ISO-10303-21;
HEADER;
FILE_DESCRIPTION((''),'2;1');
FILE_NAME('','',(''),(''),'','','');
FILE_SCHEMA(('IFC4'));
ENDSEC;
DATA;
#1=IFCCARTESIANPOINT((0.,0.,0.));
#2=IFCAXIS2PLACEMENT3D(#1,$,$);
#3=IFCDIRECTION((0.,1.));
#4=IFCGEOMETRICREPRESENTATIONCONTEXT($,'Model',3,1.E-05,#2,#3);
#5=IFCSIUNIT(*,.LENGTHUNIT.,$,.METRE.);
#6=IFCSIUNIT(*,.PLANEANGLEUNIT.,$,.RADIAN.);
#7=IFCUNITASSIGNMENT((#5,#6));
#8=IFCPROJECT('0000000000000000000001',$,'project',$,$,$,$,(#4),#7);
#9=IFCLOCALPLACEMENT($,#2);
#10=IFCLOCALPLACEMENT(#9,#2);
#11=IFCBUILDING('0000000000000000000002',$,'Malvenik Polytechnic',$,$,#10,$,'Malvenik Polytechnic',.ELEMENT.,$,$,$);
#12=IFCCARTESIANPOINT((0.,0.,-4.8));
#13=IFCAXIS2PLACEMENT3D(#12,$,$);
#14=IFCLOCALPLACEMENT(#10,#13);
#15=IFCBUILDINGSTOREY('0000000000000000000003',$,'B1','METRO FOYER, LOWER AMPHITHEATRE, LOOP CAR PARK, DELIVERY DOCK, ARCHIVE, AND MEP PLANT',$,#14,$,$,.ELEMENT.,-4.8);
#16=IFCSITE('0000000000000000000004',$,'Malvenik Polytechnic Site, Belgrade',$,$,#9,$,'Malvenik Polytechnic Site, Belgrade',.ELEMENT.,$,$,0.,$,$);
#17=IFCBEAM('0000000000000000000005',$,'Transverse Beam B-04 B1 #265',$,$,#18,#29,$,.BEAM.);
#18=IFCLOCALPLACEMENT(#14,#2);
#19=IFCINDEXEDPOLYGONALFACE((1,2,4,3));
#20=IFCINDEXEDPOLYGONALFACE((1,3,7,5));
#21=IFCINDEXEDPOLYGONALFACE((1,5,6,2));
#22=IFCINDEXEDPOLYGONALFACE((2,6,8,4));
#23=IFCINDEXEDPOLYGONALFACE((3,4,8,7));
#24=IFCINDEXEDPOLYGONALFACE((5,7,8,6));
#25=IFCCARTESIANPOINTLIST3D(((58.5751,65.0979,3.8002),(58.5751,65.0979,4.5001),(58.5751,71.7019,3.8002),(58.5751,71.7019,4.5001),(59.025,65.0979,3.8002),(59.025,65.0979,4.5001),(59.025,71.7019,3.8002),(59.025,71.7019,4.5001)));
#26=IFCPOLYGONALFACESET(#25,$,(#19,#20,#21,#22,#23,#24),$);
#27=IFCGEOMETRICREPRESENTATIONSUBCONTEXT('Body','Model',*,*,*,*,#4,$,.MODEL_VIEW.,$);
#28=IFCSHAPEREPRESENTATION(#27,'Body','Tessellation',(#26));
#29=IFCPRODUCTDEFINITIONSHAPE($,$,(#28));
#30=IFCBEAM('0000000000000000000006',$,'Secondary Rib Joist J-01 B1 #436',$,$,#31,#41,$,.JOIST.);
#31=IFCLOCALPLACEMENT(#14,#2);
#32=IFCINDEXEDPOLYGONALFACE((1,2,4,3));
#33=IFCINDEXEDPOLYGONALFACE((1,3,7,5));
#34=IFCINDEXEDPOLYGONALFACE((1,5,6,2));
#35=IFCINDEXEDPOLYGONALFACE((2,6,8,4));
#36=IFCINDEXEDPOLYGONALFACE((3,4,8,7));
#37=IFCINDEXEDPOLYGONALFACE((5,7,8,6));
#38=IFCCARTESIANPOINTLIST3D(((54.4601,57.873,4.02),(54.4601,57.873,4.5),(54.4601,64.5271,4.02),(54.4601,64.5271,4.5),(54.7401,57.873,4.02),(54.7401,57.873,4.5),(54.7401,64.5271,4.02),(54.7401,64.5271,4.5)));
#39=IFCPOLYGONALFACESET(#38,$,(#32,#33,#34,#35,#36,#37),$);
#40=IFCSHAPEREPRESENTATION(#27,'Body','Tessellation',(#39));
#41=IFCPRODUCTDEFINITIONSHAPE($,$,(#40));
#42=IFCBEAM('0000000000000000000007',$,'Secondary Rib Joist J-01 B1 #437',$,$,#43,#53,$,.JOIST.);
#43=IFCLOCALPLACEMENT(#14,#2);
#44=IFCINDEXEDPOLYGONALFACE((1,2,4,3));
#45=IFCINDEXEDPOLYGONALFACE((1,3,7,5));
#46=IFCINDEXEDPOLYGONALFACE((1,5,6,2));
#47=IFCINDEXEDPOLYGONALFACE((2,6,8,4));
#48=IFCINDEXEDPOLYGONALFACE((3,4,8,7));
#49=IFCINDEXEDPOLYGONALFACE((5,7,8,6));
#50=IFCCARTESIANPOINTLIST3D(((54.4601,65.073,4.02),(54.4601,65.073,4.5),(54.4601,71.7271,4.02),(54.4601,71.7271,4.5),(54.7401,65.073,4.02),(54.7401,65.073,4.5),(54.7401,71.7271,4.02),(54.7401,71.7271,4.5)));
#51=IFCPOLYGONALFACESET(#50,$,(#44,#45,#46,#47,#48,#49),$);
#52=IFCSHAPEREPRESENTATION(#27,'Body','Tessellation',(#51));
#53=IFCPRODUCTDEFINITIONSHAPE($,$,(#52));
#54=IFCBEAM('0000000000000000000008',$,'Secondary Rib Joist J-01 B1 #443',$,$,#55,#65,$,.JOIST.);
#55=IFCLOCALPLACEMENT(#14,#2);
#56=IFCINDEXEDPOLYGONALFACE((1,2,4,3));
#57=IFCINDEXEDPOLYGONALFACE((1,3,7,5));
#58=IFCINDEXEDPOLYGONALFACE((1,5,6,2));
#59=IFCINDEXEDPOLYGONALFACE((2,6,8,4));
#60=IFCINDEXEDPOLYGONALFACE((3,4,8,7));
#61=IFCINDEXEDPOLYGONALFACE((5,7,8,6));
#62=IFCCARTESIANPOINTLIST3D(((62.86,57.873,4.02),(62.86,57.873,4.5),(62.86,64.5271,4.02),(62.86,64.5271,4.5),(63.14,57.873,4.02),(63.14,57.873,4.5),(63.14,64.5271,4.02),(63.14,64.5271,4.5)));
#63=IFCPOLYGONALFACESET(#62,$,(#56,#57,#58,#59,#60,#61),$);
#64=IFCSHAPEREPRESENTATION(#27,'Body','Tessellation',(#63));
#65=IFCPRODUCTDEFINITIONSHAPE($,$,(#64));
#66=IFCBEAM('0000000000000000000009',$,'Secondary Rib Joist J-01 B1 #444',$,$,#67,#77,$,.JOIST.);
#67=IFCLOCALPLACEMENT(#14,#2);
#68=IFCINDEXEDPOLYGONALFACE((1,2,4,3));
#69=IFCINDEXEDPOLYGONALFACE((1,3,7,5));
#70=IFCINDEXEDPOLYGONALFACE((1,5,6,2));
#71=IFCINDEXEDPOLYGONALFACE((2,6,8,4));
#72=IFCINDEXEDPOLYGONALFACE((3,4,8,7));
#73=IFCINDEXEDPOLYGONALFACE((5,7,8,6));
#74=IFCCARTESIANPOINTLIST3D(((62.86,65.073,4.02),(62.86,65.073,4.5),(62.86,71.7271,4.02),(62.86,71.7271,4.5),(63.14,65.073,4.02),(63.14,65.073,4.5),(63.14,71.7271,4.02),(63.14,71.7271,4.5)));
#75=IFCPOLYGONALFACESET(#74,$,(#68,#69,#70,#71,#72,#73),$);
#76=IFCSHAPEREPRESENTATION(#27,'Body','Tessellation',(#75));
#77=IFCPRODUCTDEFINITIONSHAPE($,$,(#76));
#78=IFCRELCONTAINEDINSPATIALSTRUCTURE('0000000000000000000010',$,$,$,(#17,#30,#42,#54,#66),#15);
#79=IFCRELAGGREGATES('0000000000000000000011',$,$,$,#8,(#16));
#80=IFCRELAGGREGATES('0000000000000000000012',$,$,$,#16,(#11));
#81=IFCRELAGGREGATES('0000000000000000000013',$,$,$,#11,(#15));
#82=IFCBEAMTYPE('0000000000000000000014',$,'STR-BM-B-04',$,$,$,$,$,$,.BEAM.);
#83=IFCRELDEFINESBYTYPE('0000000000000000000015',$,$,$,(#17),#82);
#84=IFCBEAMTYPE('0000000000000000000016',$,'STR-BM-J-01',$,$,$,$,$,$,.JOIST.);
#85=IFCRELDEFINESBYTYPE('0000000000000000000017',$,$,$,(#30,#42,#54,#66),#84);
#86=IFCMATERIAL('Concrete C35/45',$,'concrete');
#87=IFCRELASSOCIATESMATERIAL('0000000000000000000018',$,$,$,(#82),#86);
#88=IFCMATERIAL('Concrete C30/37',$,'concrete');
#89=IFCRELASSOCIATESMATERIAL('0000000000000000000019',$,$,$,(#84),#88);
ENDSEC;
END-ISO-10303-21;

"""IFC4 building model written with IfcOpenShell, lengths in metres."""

from ifc_helpers import new_model, si_unit, direction, frame, origin, origin_2d, place, context, subcontext, project, spatial, rectangle, extrude, material, material_profile, profile_set, type_object, element, save


model = new_model("IFC4")

# Units and contexts
model_context = context("Model", 3, precision=1e-05, world=origin(), true_north=direction((0.0, 1.0)))
body_context = subcontext(model_context, "Body", "Model", "MODEL_VIEW")
ifc_project = project(units=[si_unit("LENGTHUNIT", "METRE"), si_unit("PLANEANGLEUNIT", "RADIAN")], contexts=[model_context])

# Site, building, storey
site_placement = place(None, origin())
site = spatial("IfcSite", under=ifc_project, at=site_placement, Name="Malvenik Polytechnic Site, Belgrade", LongName="Malvenik Polytechnic Site, Belgrade", CompositionType="ELEMENT", RefElevation=0.0)
building_placement = place(site_placement, origin())
building = spatial("IfcBuilding", under=site, at=building_placement, Name="Malvenik Polytechnic", LongName="Malvenik Polytechnic", CompositionType="ELEMENT")
storey_placement = place(building_placement, frame((0.0, 0.0, -4.8)))
storey = spatial("IfcBuildingStorey", under=building, at=storey_placement, Name="B1", Description="METRO FOYER, LOWER AMPHITHEATRE, LOOP CAR PARK, DELIVERY DOCK, ARCHIVE, AND MEP PLANT", CompositionType="ELEMENT", Elevation=-4.8)

# Shared definitions
ifc_material_1 = material(Name="Concrete C35/45", Category="concrete")

# Beams
ifc_material_profile_1 = material_profile(ifc_material_1, rectangle(XDim=0.45, YDim=0.7, at=origin_2d()), Name="RC BM 450x700")
ifc_profile_set_1 = profile_set([ifc_material_profile_1], Name="Concrete C35/45")
beam_type_1 = type_object("IfcBeamType", Name="STR-BM-B-04", PredefinedType="BEAM", material=ifc_profile_set_1)
for number, where, z_axis, x_axis, name in (
    (1, (58.8, 65.0979, 4.1501), (0.0, 1.0, 0.0), (-1.0, 0.0, 0.0), "Transverse Beam B-04 B1 #265"),
):
    element("IfcBeam", number, at=place(storey_placement, frame(where, z_axis=z_axis, x_axis=x_axis)), inside=storey, type_object=beam_type_1, Name=name, PredefinedType="BEAM", context=body_context, shape_type="SweptSolid", body=[
        extrude(rectangle(XDim=0.45, YDim=0.7, at=origin_2d()), origin(), (0.0, 0.0, 1.0), 6.604),
    ])
ifc_material_2 = material(Name="Concrete C30/37", Category="concrete")
ifc_material_profile_2 = material_profile(ifc_material_2, rectangle(XDim=0.28, YDim=0.48, at=origin_2d()), Name="RC JST 280x480")
ifc_profile_set_2 = profile_set([ifc_material_profile_2], Name="Concrete C30/37")
beam_type_2 = type_object("IfcBeamType", Name="STR-BM-J-01", PredefinedType="JOIST", material=ifc_profile_set_2)
for number, where, z_axis, x_axis, name in (
    (2, (54.6001, 57.873, 4.26), (0.0, 1.0, 0.0), (-1.0, 0.0, 0.0), "Secondary Rib Joist J-01 B1 #436"),
    (3, (54.6001, 65.073, 4.26), (0.0, 1.0, 0.0), (-1.0, 0.0, 0.0), "Secondary Rib Joist J-01 B1 #437"),
    (4, (63.0, 57.873, 4.26), (0.0, 1.0, 0.0), (-1.0, 0.0, 0.0), "Secondary Rib Joist J-01 B1 #443"),
    (5, (63.0, 65.073, 4.26), (0.0, 1.0, 0.0), (-1.0, 0.0, 0.0), "Secondary Rib Joist J-01 B1 #444"),
):
    element("IfcBeam", number, at=place(storey_placement, frame(where, z_axis=z_axis, x_axis=x_axis)), inside=storey, type_object=beam_type_2, Name=name, PredefinedType="JOIST", context=body_context, shape_type="SweptSolid", body=[
        extrude(rectangle(XDim=0.28, YDim=0.48, at=origin_2d()), origin(), (0.0, 0.0, 1.0), 6.6541),
    ])

save(model, "model.ifc")
